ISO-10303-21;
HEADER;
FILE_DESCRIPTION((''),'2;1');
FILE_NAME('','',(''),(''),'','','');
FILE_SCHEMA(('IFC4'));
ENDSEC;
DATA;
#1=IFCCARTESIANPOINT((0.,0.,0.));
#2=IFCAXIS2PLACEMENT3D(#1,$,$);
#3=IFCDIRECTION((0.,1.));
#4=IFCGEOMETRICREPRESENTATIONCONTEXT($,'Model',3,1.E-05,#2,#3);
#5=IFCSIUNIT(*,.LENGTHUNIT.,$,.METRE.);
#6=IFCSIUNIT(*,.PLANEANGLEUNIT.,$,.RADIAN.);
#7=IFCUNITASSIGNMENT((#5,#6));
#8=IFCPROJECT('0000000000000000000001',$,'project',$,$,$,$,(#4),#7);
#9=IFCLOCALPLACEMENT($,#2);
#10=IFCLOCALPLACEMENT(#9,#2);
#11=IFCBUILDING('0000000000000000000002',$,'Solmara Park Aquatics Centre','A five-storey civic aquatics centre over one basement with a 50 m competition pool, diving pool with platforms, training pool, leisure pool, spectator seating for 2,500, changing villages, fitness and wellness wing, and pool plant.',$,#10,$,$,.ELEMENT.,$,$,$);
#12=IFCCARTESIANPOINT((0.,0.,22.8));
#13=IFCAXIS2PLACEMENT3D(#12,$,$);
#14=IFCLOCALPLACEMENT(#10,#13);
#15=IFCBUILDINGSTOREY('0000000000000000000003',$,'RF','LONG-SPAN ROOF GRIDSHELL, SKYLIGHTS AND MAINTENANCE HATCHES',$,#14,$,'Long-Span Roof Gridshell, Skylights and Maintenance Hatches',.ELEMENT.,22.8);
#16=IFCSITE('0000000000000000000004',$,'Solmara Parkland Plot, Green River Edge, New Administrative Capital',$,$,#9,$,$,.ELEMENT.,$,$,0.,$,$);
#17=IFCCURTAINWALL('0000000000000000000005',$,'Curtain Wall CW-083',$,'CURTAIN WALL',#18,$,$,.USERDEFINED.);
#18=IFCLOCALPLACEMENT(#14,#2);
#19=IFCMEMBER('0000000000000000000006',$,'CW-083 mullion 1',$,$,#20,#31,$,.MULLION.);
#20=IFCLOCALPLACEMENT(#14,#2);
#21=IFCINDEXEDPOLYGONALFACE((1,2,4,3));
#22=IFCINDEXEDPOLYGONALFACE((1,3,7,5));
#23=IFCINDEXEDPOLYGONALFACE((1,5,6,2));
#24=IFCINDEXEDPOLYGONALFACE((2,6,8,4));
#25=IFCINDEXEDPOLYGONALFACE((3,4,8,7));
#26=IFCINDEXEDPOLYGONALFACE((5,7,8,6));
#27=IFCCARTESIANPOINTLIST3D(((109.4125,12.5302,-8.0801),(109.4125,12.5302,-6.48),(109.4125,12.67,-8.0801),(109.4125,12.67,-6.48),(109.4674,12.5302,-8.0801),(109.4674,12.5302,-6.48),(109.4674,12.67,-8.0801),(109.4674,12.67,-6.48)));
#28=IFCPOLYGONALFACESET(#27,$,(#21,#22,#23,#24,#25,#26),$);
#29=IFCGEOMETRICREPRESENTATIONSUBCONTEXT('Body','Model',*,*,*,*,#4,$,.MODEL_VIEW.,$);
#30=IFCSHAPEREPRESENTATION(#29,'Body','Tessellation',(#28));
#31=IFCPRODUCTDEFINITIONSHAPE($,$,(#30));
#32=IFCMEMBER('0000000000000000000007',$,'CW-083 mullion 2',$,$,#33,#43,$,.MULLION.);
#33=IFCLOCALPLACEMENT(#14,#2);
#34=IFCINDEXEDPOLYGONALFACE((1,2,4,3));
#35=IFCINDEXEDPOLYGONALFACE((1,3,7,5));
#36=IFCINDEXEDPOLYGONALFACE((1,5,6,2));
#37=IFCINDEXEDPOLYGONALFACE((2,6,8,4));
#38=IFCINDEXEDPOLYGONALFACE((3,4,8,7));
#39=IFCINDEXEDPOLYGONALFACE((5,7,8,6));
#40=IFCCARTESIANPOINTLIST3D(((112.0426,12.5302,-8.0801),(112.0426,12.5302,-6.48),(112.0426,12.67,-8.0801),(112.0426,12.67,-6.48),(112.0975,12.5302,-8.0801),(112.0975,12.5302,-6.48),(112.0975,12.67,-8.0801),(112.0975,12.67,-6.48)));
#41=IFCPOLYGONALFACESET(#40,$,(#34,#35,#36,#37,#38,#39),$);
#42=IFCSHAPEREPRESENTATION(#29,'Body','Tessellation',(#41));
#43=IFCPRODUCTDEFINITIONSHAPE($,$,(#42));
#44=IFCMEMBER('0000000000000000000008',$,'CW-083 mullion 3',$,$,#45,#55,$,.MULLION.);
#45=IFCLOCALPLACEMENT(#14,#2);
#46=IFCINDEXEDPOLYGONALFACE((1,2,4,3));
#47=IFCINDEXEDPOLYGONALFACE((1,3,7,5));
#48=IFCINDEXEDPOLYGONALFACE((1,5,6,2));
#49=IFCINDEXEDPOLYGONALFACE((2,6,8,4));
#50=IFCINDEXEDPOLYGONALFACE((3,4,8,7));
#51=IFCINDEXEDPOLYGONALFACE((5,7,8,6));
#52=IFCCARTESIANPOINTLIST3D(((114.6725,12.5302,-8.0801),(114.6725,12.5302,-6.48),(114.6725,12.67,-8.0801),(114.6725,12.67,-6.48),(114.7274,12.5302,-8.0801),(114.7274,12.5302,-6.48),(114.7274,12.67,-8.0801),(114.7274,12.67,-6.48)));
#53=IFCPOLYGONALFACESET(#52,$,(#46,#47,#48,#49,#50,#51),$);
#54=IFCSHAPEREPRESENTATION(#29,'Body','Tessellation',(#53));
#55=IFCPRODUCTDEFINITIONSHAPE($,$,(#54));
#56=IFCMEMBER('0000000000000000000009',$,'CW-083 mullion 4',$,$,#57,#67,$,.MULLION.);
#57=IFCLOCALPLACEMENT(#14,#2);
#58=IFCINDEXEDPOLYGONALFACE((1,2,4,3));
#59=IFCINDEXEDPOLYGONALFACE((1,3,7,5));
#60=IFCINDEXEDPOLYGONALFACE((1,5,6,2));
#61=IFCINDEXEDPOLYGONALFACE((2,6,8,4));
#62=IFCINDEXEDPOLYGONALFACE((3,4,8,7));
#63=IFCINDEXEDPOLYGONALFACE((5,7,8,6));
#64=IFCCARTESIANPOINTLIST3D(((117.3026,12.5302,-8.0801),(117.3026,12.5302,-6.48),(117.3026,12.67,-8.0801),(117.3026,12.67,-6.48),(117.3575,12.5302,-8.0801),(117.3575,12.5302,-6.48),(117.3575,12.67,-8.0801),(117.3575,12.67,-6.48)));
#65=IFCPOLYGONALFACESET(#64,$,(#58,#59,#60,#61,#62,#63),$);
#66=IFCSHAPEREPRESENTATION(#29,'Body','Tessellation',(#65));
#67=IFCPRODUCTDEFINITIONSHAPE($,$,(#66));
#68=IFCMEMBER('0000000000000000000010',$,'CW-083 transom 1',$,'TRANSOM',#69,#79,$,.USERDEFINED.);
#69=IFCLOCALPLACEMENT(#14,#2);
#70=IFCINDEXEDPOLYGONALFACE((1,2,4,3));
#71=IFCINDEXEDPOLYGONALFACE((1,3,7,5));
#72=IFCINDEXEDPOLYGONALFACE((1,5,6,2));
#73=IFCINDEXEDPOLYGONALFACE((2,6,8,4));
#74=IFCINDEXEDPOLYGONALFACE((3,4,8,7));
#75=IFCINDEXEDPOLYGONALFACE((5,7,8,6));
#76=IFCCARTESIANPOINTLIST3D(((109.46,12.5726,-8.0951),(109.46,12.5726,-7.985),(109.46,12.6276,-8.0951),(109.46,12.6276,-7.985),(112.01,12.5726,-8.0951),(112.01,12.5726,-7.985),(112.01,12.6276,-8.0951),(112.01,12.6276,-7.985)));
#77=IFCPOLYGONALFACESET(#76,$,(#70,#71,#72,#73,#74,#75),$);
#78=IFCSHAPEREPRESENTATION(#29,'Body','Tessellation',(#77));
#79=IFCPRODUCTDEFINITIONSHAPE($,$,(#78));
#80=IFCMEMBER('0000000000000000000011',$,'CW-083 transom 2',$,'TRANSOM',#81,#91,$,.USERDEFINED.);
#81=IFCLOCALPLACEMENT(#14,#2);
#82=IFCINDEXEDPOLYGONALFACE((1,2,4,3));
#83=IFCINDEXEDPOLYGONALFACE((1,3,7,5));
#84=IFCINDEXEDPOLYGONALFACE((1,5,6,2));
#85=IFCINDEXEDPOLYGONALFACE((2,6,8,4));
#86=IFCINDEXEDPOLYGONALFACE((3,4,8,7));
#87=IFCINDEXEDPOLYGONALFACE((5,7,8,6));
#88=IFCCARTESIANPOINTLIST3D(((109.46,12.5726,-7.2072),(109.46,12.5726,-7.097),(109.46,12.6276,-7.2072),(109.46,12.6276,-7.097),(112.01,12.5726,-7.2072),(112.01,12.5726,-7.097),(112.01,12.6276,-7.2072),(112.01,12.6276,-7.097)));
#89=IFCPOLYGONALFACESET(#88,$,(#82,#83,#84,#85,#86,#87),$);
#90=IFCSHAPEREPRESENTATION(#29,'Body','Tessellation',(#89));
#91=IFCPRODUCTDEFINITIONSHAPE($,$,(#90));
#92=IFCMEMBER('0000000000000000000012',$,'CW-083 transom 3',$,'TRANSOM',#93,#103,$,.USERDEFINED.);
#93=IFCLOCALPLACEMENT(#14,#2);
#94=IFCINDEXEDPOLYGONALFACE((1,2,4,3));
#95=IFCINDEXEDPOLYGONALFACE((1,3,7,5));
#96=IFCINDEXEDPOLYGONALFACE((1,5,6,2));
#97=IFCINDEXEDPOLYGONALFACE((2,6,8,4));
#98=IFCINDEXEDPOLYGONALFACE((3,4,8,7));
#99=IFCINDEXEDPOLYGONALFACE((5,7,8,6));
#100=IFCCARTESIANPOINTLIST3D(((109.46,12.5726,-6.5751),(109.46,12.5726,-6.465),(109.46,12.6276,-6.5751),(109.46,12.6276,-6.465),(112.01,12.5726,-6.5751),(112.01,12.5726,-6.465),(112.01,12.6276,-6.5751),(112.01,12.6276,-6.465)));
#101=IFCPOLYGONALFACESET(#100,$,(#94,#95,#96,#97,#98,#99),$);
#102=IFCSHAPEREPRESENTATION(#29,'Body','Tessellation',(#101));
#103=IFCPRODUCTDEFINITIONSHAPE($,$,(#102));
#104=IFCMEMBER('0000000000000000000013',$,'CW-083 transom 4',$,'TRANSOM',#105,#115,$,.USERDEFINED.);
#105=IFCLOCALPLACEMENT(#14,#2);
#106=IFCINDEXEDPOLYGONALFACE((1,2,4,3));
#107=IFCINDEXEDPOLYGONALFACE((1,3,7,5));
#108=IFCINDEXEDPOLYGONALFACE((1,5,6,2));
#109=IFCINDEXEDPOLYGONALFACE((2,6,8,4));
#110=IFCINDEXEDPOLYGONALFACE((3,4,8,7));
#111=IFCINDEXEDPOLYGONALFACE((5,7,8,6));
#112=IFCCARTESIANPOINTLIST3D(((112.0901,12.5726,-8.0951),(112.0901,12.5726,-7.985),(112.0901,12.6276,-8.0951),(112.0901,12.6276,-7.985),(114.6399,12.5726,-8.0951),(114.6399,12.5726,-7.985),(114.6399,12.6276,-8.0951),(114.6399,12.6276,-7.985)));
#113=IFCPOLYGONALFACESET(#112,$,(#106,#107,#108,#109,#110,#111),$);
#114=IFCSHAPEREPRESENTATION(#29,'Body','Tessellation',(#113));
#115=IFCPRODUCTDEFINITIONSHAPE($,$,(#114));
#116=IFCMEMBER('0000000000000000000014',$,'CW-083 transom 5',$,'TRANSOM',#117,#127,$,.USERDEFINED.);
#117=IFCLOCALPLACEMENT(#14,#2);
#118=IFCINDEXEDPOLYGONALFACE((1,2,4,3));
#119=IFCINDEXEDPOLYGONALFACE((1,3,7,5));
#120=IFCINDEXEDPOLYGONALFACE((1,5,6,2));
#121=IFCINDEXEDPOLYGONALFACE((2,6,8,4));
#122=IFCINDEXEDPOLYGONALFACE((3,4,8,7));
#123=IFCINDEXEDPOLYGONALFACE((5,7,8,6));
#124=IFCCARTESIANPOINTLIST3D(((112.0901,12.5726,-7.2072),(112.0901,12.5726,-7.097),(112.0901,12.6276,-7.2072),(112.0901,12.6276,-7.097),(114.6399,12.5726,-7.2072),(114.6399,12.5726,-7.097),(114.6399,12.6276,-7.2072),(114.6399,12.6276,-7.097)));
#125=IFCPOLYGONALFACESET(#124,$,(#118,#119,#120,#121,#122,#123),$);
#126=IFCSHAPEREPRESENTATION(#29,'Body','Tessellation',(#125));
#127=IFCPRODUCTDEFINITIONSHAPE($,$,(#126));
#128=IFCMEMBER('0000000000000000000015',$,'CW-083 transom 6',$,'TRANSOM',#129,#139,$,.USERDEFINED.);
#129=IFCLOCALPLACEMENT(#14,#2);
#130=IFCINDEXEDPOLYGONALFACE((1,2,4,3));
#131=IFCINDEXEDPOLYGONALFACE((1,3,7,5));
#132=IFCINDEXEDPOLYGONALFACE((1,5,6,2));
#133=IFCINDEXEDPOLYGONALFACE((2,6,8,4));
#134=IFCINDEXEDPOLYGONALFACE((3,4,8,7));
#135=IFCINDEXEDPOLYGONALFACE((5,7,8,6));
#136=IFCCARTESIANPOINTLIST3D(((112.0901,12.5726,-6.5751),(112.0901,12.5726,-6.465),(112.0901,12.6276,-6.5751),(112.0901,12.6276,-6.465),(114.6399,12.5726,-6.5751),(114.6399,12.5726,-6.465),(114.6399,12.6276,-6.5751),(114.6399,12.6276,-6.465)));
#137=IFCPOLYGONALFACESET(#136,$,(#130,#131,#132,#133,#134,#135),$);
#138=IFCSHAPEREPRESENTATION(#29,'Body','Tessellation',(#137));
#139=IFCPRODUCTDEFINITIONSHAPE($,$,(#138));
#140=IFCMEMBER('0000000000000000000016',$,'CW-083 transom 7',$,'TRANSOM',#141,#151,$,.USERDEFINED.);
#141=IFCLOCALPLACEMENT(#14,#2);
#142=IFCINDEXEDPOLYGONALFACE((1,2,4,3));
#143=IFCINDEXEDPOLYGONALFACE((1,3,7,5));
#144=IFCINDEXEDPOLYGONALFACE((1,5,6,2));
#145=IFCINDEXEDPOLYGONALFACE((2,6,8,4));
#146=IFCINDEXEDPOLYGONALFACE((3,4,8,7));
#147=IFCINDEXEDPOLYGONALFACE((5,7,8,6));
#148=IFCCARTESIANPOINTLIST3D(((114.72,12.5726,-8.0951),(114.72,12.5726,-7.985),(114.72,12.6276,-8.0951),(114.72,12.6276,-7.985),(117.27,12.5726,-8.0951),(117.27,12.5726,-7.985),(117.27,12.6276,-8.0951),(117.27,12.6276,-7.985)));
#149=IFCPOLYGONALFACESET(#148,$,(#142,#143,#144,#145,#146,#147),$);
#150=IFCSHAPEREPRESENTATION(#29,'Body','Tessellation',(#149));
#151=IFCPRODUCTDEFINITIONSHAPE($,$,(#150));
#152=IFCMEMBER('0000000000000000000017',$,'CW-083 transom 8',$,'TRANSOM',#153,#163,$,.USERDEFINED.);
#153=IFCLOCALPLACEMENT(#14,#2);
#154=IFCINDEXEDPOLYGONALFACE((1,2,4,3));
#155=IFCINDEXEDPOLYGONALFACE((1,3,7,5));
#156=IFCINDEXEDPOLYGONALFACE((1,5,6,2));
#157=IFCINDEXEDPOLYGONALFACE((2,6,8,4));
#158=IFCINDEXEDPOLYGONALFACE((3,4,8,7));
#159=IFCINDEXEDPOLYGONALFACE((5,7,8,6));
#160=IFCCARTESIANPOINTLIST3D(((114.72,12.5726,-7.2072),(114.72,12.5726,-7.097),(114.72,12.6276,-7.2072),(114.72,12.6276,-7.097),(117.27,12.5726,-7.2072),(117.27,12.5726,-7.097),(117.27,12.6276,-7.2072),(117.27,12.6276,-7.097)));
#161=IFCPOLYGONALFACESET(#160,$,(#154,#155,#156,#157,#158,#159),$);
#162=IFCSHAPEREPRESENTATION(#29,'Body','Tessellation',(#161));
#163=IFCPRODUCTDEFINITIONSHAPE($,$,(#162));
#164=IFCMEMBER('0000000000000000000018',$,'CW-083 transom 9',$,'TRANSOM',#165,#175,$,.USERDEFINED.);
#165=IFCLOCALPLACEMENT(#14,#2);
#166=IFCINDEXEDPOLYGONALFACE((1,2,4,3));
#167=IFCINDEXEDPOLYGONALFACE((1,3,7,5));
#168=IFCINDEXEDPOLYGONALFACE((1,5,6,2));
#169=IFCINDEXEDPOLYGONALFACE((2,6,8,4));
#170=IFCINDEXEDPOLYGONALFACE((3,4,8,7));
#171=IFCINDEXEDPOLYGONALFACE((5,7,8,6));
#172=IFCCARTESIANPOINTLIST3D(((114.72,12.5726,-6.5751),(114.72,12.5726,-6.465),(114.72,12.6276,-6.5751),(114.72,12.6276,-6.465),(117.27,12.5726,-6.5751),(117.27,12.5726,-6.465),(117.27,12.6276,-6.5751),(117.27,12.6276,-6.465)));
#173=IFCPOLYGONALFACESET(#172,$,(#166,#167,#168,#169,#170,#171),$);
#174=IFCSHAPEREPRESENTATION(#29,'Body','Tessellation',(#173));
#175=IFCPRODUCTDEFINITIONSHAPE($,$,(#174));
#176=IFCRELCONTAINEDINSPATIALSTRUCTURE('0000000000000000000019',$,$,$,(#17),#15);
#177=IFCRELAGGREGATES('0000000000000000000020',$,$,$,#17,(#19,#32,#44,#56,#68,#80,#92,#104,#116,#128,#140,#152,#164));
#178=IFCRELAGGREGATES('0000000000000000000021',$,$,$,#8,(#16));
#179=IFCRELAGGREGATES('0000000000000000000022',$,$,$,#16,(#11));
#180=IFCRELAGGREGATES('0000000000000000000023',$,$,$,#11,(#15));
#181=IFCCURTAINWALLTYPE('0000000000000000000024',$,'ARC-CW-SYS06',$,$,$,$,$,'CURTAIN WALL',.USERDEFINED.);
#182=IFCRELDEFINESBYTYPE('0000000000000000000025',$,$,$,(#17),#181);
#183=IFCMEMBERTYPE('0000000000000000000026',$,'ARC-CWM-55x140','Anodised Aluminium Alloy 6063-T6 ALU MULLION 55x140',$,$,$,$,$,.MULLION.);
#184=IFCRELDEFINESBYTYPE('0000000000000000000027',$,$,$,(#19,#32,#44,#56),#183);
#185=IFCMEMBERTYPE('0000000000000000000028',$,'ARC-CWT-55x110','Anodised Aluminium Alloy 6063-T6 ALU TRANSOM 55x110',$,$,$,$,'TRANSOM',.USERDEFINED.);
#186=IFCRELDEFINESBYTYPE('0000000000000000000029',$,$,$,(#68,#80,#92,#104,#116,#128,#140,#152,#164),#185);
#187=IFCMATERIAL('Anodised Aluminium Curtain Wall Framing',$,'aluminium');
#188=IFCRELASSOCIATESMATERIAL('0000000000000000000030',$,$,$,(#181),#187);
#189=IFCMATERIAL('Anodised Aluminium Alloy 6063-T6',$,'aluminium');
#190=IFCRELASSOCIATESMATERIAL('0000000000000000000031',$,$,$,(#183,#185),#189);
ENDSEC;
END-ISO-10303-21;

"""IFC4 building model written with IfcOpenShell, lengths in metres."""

from ifc_helpers import new_model, si_unit, direction, frame, origin, origin_2d, place, context, subcontext, project, spatial, rectangle, extrude, material, material_profile, profile_set, type_object, element, aggregate, save


model = new_model("IFC4")

# Units and contexts
model_context = context("Model", 3, precision=1e-05, world=origin(), true_north=direction((0.0, 1.0)))
body_context = subcontext(model_context, "Body", "Model", "MODEL_VIEW")
ifc_project = project(units=[si_unit("LENGTHUNIT", "METRE"), si_unit("PLANEANGLEUNIT", "RADIAN")], contexts=[model_context])

# Site, building, storey
site_placement = place(None, origin())
site = spatial("IfcSite", under=ifc_project, at=site_placement, Name="Solmara Parkland Plot, Green River Edge, New Administrative Capital", CompositionType="ELEMENT", RefElevation=0.0)
building_placement = place(site_placement, origin())
building = spatial("IfcBuilding", under=site, at=building_placement, Name="Solmara Park Aquatics Centre", Description="A five-storey civic aquatics centre over one basement with a 50 m competition pool, diving pool with platforms, training pool, leisure pool, spectator seating for 2,500, changing villages, fitness and wellness wing, and pool plant.", CompositionType="ELEMENT")
storey_placement = place(building_placement, frame((0.0, 0.0, 22.8)))
storey = spatial("IfcBuildingStorey", under=building, at=storey_placement, Name="RF", Description="LONG-SPAN ROOF GRIDSHELL, SKYLIGHTS AND MAINTENANCE HATCHES", LongName="Long-Span Roof Gridshell, Skylights and Maintenance Hatches", CompositionType="ELEMENT", Elevation=22.8)

# Curtain wall, members
ifc_material_1 = material(Name="Anodised Aluminium Curtain Wall Framing", Category="aluminium")
curtain_wall_type = type_object("IfcCurtainWallType", Name="ARC-CW-SYS06", ElementType="CURTAIN WALL", PredefinedType="USERDEFINED", material=ifc_material_1)
curtain_wall_placement = place(storey_placement, origin())
curtain_wall = element("IfcCurtainWall", 1, at=curtain_wall_placement, inside=storey, type_object=curtain_wall_type, Name="Curtain Wall CW-083", ObjectType="CURTAIN WALL", PredefinedType="USERDEFINED")
ifc_material_2 = material(Name="Anodised Aluminium Alloy 6063-T6", Category="aluminium")
ifc_material_profile_1 = material_profile(ifc_material_2, rectangle(XDim=0.0549, YDim=0.1399, at=origin_2d()), Name="ALU MULLION 55x140")
ifc_profile_set_1 = profile_set([ifc_material_profile_1], Name="Anodised Aluminium Alloy 6063-T6")
member_type_1 = type_object("IfcMemberType", Name="ARC-CWM-55x140", Description="Anodised Aluminium Alloy 6063-T6 ALU MULLION 55x140", PredefinedType="MULLION", material=ifc_profile_set_1)
member_1_placement = place(storey_placement, frame((109.4399, 12.6001, -8.0801), z_axis=(0.0, 0.0, 1.0), x_axis=(1.0, 0.0, 0.0)))
member_1 = element("IfcMember", 2, at=member_1_placement, type_object=member_type_1, Name="CW-083 mullion 1", PredefinedType="MULLION", context=body_context, shape_type="SweptSolid", body=[
    extrude(rectangle(XDim=0.0549, YDim=0.1399, at=origin_2d()), origin(), (0.0, 0.0, 1.0), 1.6001),
])
member_2_placement = place(storey_placement, frame((112.0701, 12.6001, -8.0801), z_axis=(0.0, 0.0, 1.0), x_axis=(1.0, 0.0, 0.0)))
member_2 = element("IfcMember", 3, at=member_2_placement, type_object=member_type_1, Name="CW-083 mullion 2", PredefinedType="MULLION", context=body_context, shape_type="SweptSolid", body=[
    extrude(rectangle(XDim=0.0549, YDim=0.1399, at=origin_2d()), origin(), (0.0, 0.0, 1.0), 1.6001),
])
member_3_placement = place(storey_placement, frame((114.7, 12.6001, -8.0801), z_axis=(0.0, 0.0, 1.0), x_axis=(1.0, 0.0, 0.0)))
member_3 = element("IfcMember", 4, at=member_3_placement, type_object=member_type_1, Name="CW-083 mullion 3", PredefinedType="MULLION", context=body_context, shape_type="SweptSolid", body=[
    extrude(rectangle(XDim=0.0549, YDim=0.1399, at=origin_2d()), origin(), (0.0, 0.0, 1.0), 1.6001),
])
member_4_placement = place(storey_placement, frame((117.3301, 12.6001, -8.0801), z_axis=(0.0, 0.0, 1.0), x_axis=(1.0, 0.0, 0.0)))
member_4 = element("IfcMember", 5, at=member_4_placement, type_object=member_type_1, Name="CW-083 mullion 4", PredefinedType="MULLION", context=body_context, shape_type="SweptSolid", body=[
    extrude(rectangle(XDim=0.0549, YDim=0.1399, at=origin_2d()), origin(), (0.0, 0.0, 1.0), 1.6001),
])
ifc_material_profile_2 = material_profile(ifc_material_2, rectangle(XDim=0.0549, YDim=0.1101, at=origin_2d()), Name="ALU TRANSOM 55x110")
ifc_profile_set_2 = profile_set([ifc_material_profile_2], Name="Anodised Aluminium Alloy 6063-T6")
member_type_2 = type_object("IfcMemberType", Name="ARC-CWT-55x110", Description="Anodised Aluminium Alloy 6063-T6 ALU TRANSOM 55x110", ElementType="TRANSOM", PredefinedType="USERDEFINED", material=ifc_profile_set_2)
member_5_placement = place(storey_placement, frame((109.46, 12.6001, -8.04), z_axis=(1.0, 0.0, 0.0), x_axis=(0.0, 1.0, 0.0)))
member_5 = element("IfcMember", 6, at=member_5_placement, type_object=member_type_2, Name="CW-083 transom 1", ObjectType="TRANSOM", PredefinedType="USERDEFINED", context=body_context, shape_type="SweptSolid", body=[
    extrude(rectangle(XDim=0.0549, YDim=0.1101, at=origin_2d()), origin(), (0.0, 0.0, 1.0), 2.55),
])
member_6_placement = place(storey_placement, frame((109.46, 12.6001, -7.1521), z_axis=(1.0, 0.0, 0.0), x_axis=(0.0, 1.0, 0.0)))
member_6 = element("IfcMember", 7, at=member_6_placement, type_object=member_type_2, Name="CW-083 transom 2", ObjectType="TRANSOM", PredefinedType="USERDEFINED", context=body_context, shape_type="SweptSolid", body=[
    extrude(rectangle(XDim=0.0549, YDim=0.1101, at=origin_2d()), origin(), (0.0, 0.0, 1.0), 2.55),
])
member_7_placement = place(storey_placement, frame((109.46, 12.6001, -6.52), z_axis=(1.0, 0.0, 0.0), x_axis=(0.0, 1.0, 0.0)))
member_7 = element("IfcMember", 8, at=member_7_placement, type_object=member_type_2, Name="CW-083 transom 3", ObjectType="TRANSOM", PredefinedType="USERDEFINED", context=body_context, shape_type="SweptSolid", body=[
    extrude(rectangle(XDim=0.0549, YDim=0.1101, at=origin_2d()), origin(), (0.0, 0.0, 1.0), 2.55),
])
member_8_placement = place(storey_placement, frame((112.0901, 12.6001, -8.04), z_axis=(1.0, 0.0, 0.0), x_axis=(0.0, 1.0, 0.0)))
member_8 = element("IfcMember", 9, at=member_8_placement, type_object=member_type_2, Name="CW-083 transom 4", ObjectType="TRANSOM", PredefinedType="USERDEFINED", context=body_context, shape_type="SweptSolid", body=[
    extrude(rectangle(XDim=0.0549, YDim=0.1101, at=origin_2d()), origin(), (0.0, 0.0, 1.0), 2.5498),
])
member_9_placement = place(storey_placement, frame((112.0901, 12.6001, -7.1521), z_axis=(1.0, 0.0, 0.0), x_axis=(0.0, 1.0, 0.0)))
member_9 = element("IfcMember", 10, at=member_9_placement, type_object=member_type_2, Name="CW-083 transom 5", ObjectType="TRANSOM", PredefinedType="USERDEFINED", context=body_context, shape_type="SweptSolid", body=[
    extrude(rectangle(XDim=0.0549, YDim=0.1101, at=origin_2d()), origin(), (0.0, 0.0, 1.0), 2.5498),
])
member_10_placement = place(storey_placement, frame((112.0901, 12.6001, -6.52), z_axis=(1.0, 0.0, 0.0), x_axis=(0.0, 1.0, 0.0)))
member_10 = element("IfcMember", 11, at=member_10_placement, type_object=member_type_2, Name="CW-083 transom 6", ObjectType="TRANSOM", PredefinedType="USERDEFINED", context=body_context, shape_type="SweptSolid", body=[
    extrude(rectangle(XDim=0.0549, YDim=0.1101, at=origin_2d()), origin(), (0.0, 0.0, 1.0), 2.5498),
])
member_11_placement = place(storey_placement, frame((114.72, 12.6001, -8.04), z_axis=(1.0, 0.0, 0.0), x_axis=(0.0, 1.0, 0.0)))
member_11 = element("IfcMember", 12, at=member_11_placement, type_object=member_type_2, Name="CW-083 transom 7", ObjectType="TRANSOM", PredefinedType="USERDEFINED", context=body_context, shape_type="SweptSolid", body=[
    extrude(rectangle(XDim=0.0549, YDim=0.1101, at=origin_2d()), origin(), (0.0, 0.0, 1.0), 2.55),
])
member_12_placement = place(storey_placement, frame((114.72, 12.6001, -7.1521), z_axis=(1.0, 0.0, 0.0), x_axis=(0.0, 1.0, 0.0)))
member_12 = element("IfcMember", 13, at=member_12_placement, type_object=member_type_2, Name="CW-083 transom 8", ObjectType="TRANSOM", PredefinedType="USERDEFINED", context=body_context, shape_type="SweptSolid", body=[
    extrude(rectangle(XDim=0.0549, YDim=0.1101, at=origin_2d()), origin(), (0.0, 0.0, 1.0), 2.55),
])
member_13_placement = place(storey_placement, frame((114.72, 12.6001, -6.52), z_axis=(1.0, 0.0, 0.0), x_axis=(0.0, 1.0, 0.0)))
member_13 = element("IfcMember", 14, at=member_13_placement, type_object=member_type_2, Name="CW-083 transom 9", ObjectType="TRANSOM", PredefinedType="USERDEFINED", context=body_context, shape_type="SweptSolid", body=[
    extrude(rectangle(XDim=0.0549, YDim=0.1101, at=origin_2d()), origin(), (0.0, 0.0, 1.0), 2.55),
])

aggregate(curtain_wall, [member_1, member_2, member_3, member_4, member_5, member_6, member_7, member_8, member_9, member_10, member_11, member_12, member_13])

save(model, "model.ifc")
